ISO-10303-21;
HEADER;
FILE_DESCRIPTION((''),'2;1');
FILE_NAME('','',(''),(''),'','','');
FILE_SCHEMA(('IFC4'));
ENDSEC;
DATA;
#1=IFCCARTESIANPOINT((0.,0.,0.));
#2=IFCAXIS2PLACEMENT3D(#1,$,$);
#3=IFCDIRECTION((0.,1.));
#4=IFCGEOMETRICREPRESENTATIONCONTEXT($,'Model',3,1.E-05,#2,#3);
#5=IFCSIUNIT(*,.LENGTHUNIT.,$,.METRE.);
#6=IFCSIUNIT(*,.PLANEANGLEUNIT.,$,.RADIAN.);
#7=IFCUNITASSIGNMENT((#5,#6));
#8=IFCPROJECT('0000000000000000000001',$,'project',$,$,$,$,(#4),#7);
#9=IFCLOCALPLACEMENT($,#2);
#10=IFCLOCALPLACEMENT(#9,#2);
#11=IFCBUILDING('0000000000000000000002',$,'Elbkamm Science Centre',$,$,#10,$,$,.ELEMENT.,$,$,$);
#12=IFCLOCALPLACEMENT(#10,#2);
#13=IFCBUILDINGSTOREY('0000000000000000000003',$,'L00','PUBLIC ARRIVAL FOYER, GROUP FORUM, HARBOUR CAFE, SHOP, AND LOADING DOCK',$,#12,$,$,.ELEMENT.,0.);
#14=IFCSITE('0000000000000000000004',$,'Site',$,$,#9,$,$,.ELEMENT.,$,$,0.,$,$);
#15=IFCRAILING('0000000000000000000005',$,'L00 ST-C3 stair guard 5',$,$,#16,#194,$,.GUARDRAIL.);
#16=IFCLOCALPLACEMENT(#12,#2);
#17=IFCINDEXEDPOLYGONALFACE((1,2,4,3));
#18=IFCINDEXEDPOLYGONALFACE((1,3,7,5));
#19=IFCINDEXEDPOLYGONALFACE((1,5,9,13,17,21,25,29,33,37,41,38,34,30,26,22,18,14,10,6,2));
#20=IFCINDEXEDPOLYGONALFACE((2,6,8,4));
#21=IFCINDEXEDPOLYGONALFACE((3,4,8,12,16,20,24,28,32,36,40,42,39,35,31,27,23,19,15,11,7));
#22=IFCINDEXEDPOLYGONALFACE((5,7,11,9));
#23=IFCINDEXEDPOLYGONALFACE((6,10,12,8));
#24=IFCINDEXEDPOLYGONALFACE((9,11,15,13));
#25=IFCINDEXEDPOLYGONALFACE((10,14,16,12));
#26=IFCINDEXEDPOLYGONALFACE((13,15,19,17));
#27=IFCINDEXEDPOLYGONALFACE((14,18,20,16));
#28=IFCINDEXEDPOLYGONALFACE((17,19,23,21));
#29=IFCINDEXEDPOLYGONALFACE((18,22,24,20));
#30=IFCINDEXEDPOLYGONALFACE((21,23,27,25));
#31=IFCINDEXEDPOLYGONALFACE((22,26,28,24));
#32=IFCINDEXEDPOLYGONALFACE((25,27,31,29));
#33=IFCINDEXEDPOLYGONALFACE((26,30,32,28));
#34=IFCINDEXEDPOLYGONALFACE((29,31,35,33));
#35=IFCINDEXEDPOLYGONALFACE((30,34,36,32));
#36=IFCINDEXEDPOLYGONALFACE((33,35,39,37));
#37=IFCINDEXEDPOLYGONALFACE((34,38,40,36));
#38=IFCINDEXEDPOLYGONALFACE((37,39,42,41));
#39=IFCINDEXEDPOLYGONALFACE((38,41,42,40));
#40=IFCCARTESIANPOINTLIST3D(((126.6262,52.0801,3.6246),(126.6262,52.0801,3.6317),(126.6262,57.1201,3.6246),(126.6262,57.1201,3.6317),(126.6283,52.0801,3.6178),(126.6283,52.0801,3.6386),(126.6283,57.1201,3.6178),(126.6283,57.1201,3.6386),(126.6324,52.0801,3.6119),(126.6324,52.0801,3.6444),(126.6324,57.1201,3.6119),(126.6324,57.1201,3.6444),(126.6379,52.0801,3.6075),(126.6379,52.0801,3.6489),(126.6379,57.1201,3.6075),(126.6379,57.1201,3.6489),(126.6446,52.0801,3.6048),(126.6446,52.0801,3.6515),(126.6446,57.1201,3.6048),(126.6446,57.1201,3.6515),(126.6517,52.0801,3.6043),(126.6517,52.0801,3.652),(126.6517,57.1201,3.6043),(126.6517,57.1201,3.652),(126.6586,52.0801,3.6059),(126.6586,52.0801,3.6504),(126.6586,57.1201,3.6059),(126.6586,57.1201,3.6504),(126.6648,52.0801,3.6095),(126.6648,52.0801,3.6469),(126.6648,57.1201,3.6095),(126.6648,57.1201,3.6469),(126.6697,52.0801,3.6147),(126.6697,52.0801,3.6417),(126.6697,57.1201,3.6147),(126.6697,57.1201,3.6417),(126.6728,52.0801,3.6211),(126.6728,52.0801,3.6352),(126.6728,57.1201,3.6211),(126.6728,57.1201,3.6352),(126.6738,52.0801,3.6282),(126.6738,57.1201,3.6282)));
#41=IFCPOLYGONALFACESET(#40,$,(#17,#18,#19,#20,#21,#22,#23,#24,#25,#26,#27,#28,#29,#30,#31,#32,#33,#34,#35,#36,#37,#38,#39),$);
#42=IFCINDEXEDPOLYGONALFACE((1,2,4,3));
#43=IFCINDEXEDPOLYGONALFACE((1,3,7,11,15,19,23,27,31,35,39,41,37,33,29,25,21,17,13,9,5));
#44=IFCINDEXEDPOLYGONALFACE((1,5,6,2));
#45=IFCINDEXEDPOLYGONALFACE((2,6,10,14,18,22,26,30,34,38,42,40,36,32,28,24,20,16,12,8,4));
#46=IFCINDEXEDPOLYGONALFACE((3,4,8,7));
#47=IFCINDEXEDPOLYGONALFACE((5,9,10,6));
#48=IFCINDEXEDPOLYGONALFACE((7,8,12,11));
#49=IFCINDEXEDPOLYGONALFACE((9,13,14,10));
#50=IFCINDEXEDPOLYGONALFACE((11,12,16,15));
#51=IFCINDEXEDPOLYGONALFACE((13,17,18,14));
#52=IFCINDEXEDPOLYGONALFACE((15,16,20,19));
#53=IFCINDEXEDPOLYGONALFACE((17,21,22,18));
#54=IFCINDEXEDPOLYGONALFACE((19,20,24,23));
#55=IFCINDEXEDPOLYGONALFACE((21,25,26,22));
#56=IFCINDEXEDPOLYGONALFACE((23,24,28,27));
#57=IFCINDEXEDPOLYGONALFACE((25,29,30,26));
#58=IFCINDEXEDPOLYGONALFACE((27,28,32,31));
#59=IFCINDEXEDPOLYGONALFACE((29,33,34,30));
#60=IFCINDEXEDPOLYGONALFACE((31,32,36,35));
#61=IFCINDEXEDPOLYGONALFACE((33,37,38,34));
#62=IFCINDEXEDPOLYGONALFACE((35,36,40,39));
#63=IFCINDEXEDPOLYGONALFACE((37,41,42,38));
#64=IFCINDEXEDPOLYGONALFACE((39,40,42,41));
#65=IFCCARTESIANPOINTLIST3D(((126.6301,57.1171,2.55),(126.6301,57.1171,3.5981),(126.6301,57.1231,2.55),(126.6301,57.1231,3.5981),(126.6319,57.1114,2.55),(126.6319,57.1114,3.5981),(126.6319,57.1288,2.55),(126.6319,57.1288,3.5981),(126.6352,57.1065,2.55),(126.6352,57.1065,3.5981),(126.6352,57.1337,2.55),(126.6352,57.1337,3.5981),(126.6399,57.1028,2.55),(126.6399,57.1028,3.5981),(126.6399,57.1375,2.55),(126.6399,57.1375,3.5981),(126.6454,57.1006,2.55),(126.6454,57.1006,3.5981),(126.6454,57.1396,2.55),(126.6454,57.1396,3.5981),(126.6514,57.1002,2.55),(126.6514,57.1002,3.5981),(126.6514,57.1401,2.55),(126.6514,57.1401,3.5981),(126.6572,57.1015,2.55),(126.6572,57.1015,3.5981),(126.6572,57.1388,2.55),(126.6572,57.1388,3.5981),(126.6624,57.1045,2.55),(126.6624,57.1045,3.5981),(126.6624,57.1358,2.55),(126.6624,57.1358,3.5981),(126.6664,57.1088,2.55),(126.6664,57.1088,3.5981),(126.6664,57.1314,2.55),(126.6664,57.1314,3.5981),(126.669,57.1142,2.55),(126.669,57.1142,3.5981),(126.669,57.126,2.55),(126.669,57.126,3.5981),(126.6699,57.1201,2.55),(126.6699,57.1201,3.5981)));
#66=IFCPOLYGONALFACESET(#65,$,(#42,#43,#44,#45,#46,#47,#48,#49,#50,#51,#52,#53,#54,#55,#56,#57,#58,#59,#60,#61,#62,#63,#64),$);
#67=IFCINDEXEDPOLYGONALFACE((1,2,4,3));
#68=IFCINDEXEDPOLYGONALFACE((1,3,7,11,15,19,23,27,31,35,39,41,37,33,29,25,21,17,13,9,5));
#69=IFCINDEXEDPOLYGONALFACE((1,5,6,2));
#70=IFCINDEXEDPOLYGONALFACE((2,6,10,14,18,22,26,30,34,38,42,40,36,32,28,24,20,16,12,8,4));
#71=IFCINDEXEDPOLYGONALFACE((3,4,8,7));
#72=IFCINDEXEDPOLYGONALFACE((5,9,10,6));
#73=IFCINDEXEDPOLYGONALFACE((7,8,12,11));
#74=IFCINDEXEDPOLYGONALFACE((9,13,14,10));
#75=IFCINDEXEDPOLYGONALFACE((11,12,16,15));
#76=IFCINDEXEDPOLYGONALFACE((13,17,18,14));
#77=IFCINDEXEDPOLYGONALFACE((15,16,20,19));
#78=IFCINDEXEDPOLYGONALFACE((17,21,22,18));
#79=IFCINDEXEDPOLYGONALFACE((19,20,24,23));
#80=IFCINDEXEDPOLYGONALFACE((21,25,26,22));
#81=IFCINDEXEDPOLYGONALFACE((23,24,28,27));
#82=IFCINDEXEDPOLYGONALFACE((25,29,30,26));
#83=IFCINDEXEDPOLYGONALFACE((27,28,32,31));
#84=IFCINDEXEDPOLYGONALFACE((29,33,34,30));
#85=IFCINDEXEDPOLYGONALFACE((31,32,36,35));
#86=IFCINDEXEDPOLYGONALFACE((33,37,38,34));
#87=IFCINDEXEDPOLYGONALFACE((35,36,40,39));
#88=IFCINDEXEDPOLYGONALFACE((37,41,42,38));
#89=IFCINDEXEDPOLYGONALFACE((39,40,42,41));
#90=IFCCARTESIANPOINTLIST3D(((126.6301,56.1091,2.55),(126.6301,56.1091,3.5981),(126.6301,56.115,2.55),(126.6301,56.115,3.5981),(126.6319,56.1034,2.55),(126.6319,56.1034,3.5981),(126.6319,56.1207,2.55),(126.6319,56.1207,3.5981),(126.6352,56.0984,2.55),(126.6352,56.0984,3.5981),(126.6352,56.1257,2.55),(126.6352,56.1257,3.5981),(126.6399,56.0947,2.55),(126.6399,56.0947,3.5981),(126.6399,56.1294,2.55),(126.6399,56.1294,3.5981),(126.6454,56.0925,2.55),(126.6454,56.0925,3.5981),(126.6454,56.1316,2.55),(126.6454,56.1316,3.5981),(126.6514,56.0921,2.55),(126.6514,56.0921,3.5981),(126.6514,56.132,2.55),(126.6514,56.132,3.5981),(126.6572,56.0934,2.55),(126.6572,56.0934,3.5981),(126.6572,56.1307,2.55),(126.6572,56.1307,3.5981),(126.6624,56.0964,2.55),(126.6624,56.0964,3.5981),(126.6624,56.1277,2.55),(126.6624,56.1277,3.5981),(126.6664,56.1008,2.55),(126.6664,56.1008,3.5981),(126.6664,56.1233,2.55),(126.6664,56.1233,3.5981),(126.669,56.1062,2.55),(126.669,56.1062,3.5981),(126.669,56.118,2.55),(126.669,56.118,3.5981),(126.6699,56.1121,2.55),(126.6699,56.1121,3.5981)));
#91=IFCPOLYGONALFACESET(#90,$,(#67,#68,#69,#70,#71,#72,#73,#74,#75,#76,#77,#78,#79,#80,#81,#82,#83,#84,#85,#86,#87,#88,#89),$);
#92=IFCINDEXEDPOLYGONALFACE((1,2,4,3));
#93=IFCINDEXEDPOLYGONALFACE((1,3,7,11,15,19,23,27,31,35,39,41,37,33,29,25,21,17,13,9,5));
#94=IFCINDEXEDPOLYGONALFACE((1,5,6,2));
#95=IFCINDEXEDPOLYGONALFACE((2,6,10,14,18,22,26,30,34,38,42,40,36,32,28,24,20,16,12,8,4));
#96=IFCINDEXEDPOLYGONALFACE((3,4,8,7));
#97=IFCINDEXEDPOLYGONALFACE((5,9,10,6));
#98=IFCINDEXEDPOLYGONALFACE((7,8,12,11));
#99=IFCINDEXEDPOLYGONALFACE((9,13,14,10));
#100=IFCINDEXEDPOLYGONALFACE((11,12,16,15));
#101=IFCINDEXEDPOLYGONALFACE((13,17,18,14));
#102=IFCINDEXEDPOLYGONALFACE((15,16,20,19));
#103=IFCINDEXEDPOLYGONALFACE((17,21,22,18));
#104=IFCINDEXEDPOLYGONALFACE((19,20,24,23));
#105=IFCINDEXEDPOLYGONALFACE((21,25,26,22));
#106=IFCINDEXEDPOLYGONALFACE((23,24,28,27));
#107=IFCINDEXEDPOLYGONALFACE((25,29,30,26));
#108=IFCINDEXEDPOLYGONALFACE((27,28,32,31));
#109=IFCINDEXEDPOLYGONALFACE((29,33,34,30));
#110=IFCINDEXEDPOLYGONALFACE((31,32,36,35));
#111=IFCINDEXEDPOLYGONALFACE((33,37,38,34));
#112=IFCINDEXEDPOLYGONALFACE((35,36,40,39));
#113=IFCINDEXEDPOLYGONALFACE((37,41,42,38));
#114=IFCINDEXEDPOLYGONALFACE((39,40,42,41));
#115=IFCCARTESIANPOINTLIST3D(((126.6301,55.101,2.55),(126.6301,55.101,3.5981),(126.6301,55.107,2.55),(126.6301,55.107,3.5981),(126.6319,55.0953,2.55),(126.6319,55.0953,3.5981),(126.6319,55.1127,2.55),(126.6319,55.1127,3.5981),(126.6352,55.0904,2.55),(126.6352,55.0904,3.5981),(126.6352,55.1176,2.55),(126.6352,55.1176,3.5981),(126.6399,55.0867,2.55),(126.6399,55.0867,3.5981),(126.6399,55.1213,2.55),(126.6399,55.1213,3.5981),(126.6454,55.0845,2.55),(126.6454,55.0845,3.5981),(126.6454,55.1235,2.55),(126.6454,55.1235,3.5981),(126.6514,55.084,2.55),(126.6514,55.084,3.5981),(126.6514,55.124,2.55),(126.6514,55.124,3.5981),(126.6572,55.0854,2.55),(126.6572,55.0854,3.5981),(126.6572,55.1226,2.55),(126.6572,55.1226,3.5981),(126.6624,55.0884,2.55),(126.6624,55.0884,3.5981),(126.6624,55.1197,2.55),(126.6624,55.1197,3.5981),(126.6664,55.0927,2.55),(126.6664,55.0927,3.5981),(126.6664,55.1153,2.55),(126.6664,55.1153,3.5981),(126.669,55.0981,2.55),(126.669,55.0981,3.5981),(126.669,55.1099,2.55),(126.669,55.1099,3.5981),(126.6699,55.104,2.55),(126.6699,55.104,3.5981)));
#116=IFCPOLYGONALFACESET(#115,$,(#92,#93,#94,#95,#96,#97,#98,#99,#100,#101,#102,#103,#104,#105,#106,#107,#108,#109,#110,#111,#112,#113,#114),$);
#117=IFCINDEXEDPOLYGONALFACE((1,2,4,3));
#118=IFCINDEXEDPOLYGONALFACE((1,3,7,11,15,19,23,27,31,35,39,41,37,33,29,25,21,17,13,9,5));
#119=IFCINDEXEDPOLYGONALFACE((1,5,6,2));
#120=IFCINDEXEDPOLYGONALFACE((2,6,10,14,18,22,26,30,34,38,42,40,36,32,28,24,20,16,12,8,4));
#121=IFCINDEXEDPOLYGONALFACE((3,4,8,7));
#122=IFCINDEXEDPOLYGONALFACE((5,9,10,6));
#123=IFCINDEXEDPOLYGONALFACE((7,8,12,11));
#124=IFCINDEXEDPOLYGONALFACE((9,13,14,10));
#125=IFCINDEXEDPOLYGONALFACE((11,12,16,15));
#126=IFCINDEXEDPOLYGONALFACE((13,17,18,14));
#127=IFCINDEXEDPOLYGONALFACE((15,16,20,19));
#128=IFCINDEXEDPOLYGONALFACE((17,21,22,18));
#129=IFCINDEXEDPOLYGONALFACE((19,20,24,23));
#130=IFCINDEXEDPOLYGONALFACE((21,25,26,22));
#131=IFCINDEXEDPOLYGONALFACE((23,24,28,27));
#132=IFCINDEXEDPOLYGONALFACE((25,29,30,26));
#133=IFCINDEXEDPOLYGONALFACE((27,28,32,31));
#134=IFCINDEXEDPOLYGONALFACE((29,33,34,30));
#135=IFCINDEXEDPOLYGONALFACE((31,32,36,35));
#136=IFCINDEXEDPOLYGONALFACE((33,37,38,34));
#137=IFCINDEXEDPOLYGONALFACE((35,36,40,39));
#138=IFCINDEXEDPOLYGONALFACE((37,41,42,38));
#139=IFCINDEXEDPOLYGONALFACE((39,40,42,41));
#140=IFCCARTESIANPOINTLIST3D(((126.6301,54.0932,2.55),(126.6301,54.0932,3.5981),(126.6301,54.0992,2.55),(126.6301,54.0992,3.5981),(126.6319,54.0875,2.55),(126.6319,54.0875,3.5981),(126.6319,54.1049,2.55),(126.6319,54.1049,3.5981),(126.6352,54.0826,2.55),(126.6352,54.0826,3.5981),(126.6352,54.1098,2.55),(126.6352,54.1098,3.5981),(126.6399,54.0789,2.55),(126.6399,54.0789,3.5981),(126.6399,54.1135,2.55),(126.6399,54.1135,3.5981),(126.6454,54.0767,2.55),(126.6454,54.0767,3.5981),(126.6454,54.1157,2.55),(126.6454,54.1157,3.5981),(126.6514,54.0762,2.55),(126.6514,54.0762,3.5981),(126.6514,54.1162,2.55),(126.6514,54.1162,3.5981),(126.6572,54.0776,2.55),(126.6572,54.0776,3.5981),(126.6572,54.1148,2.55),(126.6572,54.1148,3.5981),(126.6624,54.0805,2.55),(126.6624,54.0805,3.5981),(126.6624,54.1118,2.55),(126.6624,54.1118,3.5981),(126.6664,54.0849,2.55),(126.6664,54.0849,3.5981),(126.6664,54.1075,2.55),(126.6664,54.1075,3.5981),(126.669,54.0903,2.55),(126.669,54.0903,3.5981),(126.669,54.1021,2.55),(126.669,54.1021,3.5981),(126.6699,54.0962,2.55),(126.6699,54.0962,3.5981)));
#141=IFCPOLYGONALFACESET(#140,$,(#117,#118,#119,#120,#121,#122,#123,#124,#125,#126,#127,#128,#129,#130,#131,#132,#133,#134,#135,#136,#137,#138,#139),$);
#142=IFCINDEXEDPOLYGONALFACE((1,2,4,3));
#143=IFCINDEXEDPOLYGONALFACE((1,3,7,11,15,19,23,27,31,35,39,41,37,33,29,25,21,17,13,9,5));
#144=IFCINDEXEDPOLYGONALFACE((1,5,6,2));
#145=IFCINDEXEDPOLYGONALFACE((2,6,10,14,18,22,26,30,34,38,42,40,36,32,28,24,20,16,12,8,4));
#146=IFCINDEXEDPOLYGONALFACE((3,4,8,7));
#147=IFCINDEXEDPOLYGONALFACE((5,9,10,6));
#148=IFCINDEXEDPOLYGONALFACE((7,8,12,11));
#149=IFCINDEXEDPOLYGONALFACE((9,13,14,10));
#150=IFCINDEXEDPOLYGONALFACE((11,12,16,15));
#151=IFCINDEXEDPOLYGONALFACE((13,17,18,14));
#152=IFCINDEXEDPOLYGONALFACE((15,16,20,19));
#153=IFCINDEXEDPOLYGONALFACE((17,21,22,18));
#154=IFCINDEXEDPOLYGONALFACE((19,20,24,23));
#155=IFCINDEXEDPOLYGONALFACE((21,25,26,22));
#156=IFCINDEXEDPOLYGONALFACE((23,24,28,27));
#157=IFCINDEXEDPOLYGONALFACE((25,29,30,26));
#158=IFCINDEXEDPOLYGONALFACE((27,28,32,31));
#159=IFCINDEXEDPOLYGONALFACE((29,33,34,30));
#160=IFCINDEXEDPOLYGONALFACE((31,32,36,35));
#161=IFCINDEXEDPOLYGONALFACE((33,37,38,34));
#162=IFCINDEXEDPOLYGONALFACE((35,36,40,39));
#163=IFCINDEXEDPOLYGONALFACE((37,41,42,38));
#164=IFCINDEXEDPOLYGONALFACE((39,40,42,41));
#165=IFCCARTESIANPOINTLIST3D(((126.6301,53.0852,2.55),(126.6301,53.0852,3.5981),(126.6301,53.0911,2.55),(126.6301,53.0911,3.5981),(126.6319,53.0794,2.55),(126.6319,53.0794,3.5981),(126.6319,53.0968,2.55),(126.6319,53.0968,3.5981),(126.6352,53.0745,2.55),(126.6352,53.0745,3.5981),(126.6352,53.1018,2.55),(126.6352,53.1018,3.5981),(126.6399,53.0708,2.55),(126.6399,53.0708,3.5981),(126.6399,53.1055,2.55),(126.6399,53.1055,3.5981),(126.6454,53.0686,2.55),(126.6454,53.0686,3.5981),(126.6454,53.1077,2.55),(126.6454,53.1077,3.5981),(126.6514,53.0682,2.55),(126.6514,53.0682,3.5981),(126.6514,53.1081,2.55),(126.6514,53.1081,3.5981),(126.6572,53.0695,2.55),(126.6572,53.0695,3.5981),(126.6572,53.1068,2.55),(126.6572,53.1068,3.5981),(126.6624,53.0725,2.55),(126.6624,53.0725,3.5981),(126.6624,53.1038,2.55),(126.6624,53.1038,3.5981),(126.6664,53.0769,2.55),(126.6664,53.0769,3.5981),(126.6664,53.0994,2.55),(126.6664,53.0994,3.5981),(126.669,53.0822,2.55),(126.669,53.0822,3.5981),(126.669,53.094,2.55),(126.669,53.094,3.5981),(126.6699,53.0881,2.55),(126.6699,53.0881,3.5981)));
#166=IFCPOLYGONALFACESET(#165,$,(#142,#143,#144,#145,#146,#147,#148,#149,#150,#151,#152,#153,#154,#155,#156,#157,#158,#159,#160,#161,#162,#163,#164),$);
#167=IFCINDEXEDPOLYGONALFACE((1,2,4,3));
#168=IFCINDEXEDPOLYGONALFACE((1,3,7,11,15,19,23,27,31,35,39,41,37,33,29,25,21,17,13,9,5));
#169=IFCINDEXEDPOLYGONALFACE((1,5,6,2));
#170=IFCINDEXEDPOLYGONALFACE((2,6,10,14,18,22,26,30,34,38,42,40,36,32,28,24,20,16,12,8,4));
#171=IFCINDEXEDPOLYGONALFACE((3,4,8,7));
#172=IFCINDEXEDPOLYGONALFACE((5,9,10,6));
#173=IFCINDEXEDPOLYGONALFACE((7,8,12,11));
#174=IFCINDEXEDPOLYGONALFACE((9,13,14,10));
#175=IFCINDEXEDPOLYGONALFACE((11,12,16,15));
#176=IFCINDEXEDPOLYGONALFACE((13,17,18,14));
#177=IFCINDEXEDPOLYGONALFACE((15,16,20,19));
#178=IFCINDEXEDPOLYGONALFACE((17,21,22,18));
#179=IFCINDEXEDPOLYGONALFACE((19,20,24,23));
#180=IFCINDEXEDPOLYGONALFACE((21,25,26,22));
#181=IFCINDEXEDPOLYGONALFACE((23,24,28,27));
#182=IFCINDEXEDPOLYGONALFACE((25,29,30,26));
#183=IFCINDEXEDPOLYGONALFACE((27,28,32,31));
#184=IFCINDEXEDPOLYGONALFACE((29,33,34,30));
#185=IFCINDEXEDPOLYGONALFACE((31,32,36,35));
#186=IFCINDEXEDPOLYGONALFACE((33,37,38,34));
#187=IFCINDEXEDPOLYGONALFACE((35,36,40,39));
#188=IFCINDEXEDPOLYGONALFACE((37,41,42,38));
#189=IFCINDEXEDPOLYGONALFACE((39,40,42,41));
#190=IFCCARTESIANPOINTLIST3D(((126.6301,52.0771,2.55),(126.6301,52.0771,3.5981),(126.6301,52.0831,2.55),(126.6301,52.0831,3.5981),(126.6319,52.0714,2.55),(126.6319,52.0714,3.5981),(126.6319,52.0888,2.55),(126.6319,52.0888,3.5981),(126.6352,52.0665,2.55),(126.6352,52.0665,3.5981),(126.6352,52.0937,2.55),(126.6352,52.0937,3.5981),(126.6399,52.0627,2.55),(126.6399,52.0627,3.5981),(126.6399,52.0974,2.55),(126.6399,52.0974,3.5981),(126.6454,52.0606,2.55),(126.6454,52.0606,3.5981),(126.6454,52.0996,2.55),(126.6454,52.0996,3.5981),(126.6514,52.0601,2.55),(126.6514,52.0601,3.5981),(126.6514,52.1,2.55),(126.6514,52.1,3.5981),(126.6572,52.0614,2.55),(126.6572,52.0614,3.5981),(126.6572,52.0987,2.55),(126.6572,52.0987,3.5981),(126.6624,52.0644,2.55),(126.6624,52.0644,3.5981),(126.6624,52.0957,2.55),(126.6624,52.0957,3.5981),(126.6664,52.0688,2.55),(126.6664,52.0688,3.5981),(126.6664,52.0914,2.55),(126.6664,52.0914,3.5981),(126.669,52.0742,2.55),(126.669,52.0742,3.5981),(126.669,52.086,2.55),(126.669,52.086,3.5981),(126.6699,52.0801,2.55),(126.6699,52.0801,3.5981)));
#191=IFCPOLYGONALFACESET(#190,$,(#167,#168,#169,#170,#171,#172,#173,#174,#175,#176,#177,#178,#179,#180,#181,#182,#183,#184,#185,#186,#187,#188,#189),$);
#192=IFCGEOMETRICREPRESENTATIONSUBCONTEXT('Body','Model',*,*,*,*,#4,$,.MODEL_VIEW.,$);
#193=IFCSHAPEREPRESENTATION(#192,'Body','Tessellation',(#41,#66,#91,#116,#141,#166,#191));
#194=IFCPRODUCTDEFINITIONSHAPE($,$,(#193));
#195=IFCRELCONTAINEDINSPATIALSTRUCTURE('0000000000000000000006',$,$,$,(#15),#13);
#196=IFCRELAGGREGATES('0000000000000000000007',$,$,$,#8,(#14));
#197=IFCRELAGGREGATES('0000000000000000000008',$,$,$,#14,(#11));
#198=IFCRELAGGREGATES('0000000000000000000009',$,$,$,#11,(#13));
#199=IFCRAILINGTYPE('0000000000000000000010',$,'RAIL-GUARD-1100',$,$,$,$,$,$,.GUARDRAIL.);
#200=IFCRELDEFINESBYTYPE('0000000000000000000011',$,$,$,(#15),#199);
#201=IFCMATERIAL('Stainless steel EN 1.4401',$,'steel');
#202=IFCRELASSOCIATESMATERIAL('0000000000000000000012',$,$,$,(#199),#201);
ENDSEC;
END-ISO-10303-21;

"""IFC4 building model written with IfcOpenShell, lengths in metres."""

from ifc_helpers import new_model, si_unit, direction, frame, origin, origin_2d, place, context, subcontext, project, spatial, circle, extrude, material, type_object, element, save


model = new_model("IFC4")

# Units and contexts
model_context = context("Model", 3, precision=1e-05, world=origin(), true_north=direction((0.0, 1.0)))
body_context = subcontext(model_context, "Body", "Model", "MODEL_VIEW")
ifc_project = project(units=[si_unit("LENGTHUNIT", "METRE"), si_unit("PLANEANGLEUNIT", "RADIAN")], contexts=[model_context])

# Site, building, storey
site_placement = place(None, origin())
site = spatial("IfcSite", under=ifc_project, at=site_placement, Name="Site", CompositionType="ELEMENT", RefElevation=0.0)
building_placement = place(site_placement, origin())
building = spatial("IfcBuilding", under=site, at=building_placement, Name="Elbkamm Science Centre", CompositionType="ELEMENT")
storey_placement = place(building_placement, origin())
storey = spatial("IfcBuildingStorey", under=building, at=storey_placement, Name="L00", Description="PUBLIC ARRIVAL FOYER, GROUP FORUM, HARBOUR CAFE, SHOP, AND LOADING DOCK", CompositionType="ELEMENT", Elevation=0.0)

# Railing
ifc_material_1 = material(Name="Stainless steel EN 1.4401", Category="steel")
railing_type_1 = type_object("IfcRailingType", Name="RAIL-GUARD-1100", PredefinedType="GUARDRAIL", material=ifc_material_1)
railing_1_placement = place(storey_placement, frame((126.6499, 57.1201, 2.55)))
element("IfcRailing", 1, at=railing_1_placement, inside=storey, type_object=railing_type_1, Name="L00 ST-C3 stair guard 5", PredefinedType="GUARDRAIL", context=body_context, shape_type="SweptSolid", body=[
    extrude(circle(Radius=0.0239, at=origin_2d()), frame((0.0, 0.0, 1.0781), z_axis=(0.0, -1.0, 0.0), x_axis=(1.0, 0.0, 0.0)), (0.0, 0.0, 1.0), 5.04),
    extrude(circle(Radius=0.02, at=origin_2d()), origin(), (0.0, 0.0, 1.0), 1.0481),
    extrude(circle(Radius=0.02, at=origin_2d()), frame((0.0, -1.0081, 0.0)), (0.0, 0.0, 1.0), 1.0481),
    extrude(circle(Radius=0.02, at=origin_2d()), frame((0.0, -2.0161, 0.0)), (0.0, 0.0, 1.0), 1.0481),
    extrude(circle(Radius=0.02, at=origin_2d()), frame((0.0, -3.0239, 0.0)), (0.0, 0.0, 1.0), 1.0481),
    extrude(circle(Radius=0.02, at=origin_2d()), frame((0.0, -4.032, 0.0)), (0.0, 0.0, 1.0), 1.0481),
    extrude(circle(Radius=0.02, at=origin_2d()), frame((0.0, -5.04, 0.0)), (0.0, 0.0, 1.0), 1.0481),
])

save(model, "model.ifc")
